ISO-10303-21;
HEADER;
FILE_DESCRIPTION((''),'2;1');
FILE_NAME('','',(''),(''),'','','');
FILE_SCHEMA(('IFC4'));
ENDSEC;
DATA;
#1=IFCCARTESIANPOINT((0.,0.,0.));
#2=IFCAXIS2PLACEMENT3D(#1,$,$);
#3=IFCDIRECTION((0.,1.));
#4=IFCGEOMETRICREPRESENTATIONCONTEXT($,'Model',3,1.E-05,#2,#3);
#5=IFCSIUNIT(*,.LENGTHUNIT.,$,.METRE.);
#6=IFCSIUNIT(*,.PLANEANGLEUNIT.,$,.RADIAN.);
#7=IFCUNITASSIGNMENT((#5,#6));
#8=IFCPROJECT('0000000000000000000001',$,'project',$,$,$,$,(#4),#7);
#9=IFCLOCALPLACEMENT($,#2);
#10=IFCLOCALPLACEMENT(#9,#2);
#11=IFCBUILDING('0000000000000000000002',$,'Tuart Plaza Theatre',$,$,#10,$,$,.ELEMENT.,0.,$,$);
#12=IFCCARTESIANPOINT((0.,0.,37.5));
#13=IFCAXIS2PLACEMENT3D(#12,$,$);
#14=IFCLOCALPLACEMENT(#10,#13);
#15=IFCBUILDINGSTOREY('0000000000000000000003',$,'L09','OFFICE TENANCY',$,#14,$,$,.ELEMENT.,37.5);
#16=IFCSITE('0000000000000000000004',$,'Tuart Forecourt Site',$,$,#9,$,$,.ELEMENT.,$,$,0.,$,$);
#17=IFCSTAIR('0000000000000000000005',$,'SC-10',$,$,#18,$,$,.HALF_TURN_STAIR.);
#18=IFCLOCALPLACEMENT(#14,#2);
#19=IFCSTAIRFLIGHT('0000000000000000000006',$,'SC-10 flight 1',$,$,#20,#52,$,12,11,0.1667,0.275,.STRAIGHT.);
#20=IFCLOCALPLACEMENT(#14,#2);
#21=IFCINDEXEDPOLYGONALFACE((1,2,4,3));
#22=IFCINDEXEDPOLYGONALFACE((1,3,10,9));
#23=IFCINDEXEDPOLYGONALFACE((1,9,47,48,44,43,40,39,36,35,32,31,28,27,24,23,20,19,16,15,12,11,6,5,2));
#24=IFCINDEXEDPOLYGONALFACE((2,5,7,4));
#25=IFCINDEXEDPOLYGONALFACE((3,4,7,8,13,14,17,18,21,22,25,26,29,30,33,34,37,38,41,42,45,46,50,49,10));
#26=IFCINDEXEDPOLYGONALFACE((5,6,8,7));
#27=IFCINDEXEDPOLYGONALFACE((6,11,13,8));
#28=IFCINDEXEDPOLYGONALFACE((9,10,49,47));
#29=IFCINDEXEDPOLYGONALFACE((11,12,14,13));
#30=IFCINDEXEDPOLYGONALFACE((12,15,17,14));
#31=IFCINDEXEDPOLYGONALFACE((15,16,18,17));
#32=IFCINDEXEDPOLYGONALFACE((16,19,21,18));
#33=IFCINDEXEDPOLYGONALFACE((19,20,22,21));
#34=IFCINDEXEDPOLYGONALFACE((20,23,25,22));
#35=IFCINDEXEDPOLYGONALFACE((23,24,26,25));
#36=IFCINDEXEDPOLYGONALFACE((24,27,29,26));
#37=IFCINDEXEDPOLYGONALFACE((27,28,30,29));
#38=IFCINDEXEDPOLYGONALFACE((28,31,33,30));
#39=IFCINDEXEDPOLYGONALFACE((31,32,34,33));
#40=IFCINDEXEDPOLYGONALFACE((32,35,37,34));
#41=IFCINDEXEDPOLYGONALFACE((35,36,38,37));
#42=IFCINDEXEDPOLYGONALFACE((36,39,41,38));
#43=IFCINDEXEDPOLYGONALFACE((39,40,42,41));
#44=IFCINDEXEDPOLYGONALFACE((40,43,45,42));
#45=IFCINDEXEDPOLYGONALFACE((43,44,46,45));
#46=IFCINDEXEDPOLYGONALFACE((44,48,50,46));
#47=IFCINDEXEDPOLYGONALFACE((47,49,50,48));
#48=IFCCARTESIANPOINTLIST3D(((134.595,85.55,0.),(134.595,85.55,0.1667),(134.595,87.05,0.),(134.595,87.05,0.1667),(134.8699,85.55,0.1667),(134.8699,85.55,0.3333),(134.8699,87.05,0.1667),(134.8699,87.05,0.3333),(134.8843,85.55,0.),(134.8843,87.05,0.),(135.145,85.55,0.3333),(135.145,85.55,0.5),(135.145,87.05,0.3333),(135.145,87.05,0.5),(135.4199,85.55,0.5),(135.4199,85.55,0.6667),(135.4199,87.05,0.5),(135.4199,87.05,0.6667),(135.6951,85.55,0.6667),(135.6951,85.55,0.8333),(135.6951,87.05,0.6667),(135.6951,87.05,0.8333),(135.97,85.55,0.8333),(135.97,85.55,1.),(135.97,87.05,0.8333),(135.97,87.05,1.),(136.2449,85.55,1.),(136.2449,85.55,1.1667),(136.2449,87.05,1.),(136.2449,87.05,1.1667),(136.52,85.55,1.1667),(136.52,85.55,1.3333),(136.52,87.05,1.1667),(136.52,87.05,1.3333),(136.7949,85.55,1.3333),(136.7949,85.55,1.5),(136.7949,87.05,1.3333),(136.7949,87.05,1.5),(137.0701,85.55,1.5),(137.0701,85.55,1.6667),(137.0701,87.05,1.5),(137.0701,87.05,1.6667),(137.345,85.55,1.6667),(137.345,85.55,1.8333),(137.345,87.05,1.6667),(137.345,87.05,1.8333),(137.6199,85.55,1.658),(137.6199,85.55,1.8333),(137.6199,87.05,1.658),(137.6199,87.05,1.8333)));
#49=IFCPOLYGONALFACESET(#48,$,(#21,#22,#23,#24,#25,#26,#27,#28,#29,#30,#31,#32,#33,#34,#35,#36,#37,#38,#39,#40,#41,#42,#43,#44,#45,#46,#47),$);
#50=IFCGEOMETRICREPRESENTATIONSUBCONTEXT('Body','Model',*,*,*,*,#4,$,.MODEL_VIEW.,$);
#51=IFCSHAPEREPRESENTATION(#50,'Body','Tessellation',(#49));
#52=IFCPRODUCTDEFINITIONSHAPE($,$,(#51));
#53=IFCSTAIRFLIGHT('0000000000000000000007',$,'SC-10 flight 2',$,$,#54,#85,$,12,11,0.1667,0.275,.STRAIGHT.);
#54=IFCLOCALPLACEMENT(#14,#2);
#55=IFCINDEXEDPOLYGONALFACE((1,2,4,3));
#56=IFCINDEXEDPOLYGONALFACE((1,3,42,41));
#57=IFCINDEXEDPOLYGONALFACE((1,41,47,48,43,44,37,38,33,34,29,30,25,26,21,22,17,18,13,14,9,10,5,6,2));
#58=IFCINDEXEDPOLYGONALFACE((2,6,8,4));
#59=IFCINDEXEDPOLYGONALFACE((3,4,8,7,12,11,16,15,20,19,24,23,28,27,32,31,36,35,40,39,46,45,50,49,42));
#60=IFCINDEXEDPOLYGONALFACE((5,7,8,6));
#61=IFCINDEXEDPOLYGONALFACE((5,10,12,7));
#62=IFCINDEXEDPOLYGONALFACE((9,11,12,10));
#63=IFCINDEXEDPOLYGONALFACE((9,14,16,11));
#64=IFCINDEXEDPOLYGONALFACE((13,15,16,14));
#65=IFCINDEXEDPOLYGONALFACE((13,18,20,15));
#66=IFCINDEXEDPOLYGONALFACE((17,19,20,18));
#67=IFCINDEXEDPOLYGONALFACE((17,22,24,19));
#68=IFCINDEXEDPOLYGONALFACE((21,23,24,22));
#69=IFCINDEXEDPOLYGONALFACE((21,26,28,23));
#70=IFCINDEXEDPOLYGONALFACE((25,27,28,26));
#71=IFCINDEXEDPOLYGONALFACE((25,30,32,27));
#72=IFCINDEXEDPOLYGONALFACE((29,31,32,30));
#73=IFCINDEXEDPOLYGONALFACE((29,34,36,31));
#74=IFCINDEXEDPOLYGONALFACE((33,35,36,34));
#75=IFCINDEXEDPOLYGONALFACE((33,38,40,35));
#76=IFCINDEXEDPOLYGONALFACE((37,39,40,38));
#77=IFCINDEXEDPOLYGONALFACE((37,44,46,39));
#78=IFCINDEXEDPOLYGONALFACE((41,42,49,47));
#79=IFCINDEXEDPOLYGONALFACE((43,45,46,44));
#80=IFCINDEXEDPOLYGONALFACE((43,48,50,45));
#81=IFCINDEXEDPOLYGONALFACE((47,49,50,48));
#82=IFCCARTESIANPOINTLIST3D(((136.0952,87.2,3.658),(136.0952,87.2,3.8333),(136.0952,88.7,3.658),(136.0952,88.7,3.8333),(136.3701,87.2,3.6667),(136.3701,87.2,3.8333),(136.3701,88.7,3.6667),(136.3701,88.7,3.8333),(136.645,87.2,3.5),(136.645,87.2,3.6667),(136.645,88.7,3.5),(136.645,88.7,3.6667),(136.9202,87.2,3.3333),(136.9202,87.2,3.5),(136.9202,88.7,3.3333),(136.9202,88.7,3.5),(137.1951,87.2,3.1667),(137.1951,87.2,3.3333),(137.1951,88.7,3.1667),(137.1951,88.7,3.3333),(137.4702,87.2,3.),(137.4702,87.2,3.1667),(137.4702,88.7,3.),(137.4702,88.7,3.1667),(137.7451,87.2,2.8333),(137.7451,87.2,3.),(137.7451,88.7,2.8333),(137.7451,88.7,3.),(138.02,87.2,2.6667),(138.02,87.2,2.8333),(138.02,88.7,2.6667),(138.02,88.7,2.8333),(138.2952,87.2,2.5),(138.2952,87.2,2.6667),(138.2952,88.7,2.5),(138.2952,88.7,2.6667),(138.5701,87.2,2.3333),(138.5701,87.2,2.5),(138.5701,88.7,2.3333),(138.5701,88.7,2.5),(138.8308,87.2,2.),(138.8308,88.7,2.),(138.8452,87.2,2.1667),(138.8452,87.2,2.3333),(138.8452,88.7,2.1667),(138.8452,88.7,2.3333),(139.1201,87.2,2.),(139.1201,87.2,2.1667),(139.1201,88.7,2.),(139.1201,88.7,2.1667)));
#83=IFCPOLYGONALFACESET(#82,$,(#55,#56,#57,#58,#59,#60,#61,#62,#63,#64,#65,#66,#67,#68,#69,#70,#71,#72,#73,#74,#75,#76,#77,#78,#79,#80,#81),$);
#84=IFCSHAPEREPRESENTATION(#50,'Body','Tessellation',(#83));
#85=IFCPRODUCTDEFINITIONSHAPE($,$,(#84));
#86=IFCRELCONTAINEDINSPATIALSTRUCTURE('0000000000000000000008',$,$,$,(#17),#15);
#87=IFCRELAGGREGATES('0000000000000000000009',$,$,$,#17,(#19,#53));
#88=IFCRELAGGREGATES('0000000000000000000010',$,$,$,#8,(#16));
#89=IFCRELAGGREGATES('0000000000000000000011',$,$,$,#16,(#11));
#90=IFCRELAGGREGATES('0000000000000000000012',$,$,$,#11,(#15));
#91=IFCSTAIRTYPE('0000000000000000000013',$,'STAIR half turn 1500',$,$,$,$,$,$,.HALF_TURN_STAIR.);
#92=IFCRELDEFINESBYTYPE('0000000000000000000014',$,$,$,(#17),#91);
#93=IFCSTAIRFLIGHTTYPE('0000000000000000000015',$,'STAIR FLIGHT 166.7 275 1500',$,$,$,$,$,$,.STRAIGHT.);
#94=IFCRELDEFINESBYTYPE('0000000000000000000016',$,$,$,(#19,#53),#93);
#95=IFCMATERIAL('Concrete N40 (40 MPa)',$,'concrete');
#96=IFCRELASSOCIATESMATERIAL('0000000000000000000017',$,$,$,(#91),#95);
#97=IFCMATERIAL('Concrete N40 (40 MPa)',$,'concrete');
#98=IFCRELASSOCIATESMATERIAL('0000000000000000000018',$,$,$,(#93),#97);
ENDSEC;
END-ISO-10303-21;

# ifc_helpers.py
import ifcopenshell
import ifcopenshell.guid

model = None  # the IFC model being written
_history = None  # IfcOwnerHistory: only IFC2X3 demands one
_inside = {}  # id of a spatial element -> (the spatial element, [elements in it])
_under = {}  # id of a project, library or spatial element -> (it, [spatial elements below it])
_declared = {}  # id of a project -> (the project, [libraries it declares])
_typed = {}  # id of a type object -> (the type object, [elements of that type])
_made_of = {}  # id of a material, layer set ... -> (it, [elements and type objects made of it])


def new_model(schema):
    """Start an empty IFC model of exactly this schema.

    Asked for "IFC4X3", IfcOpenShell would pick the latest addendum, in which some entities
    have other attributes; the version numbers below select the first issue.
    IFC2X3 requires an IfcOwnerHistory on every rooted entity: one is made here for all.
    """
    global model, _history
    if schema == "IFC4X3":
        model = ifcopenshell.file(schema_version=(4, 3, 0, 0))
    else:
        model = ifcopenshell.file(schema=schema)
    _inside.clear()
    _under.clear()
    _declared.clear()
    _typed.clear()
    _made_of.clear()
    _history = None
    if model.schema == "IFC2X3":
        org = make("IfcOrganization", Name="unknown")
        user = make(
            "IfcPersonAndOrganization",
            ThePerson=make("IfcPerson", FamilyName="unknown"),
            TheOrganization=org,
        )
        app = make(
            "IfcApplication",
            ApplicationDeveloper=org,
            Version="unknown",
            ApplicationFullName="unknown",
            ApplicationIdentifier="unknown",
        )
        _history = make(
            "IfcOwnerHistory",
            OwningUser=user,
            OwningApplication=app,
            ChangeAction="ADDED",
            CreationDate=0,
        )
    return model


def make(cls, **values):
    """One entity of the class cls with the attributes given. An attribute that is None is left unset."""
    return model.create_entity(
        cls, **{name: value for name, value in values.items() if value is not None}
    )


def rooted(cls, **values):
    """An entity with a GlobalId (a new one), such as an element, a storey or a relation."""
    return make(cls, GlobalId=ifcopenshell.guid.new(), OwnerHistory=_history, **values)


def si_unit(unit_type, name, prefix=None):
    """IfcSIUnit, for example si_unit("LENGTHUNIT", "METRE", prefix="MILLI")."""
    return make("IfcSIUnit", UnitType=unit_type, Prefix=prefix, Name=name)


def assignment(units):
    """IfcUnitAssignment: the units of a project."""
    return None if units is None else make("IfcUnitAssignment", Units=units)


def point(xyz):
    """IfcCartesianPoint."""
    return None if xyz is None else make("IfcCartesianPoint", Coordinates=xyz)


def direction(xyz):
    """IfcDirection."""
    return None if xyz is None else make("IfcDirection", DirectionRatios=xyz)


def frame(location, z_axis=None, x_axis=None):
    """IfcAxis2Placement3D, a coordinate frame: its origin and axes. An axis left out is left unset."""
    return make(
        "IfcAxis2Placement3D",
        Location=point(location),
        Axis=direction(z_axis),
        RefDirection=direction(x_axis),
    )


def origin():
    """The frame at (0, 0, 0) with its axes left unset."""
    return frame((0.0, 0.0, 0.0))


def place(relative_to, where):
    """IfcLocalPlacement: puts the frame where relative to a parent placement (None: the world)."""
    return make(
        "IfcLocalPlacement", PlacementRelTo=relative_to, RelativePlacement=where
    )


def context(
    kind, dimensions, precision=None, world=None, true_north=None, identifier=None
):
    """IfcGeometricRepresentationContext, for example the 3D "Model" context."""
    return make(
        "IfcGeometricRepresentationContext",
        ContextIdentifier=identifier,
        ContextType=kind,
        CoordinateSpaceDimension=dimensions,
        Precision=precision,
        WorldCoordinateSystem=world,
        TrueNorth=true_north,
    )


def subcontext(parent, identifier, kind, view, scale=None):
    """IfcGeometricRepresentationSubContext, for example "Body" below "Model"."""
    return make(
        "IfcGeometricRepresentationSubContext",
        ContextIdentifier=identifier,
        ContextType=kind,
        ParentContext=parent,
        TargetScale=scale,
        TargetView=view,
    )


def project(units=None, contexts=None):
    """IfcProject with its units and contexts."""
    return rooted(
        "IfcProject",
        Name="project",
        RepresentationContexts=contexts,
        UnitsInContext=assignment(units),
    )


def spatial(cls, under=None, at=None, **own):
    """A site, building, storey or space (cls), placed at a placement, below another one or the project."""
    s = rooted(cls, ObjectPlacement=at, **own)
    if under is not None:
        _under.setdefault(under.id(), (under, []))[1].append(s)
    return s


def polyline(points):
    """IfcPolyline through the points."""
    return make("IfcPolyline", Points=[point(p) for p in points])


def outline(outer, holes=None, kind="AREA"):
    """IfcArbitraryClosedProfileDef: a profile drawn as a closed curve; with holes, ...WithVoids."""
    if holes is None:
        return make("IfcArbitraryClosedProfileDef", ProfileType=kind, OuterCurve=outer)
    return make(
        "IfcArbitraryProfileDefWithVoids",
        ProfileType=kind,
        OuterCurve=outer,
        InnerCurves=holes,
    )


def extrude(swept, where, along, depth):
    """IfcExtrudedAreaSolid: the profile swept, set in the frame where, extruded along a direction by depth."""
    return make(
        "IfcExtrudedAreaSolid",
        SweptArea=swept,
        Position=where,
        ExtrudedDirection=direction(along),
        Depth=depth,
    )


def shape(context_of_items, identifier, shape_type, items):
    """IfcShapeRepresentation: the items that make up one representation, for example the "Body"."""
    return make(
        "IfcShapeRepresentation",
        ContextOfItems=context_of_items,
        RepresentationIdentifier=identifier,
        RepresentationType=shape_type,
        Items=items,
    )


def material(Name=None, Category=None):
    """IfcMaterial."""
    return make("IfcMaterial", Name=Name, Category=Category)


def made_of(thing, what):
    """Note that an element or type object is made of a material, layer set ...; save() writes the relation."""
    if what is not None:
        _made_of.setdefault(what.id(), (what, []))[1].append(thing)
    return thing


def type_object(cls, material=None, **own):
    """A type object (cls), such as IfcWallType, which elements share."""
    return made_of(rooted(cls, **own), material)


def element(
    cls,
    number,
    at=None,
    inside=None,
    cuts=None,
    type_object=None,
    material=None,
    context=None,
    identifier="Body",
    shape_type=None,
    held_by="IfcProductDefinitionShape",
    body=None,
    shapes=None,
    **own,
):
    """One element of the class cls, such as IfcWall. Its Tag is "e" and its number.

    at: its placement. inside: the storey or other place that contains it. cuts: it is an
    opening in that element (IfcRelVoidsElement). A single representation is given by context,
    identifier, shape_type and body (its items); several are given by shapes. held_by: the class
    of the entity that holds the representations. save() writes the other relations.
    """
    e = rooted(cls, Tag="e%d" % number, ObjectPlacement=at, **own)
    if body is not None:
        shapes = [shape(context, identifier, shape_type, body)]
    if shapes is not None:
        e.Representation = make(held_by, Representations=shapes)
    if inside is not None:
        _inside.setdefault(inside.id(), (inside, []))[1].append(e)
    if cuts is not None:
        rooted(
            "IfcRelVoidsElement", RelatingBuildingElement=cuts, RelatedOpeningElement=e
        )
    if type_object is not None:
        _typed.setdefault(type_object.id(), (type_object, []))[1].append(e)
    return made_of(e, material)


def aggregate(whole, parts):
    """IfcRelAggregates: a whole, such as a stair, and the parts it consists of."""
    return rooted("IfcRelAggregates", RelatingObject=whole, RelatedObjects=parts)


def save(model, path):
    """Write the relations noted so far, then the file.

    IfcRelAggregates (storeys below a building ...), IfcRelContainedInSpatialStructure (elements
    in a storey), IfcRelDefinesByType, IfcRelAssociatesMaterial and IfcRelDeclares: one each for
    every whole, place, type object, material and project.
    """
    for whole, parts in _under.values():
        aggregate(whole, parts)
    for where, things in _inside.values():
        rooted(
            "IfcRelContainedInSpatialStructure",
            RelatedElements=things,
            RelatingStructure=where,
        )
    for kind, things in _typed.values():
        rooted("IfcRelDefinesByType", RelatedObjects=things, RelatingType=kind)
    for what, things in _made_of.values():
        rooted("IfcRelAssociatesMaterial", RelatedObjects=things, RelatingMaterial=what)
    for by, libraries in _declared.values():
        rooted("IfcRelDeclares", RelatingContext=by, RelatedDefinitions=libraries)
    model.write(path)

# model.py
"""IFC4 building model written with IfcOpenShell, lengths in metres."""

from ifc_helpers import new_model, si_unit, direction, frame, origin, place, context, subcontext, project, spatial, polyline, outline, extrude, material, type_object, element, aggregate, save


model = new_model("IFC4")

# Units and contexts
model_context = context("Model", 3, precision=1e-05, world=origin(), true_north=direction((0.0, 1.0)))
body_context = subcontext(model_context, "Body", "Model", "MODEL_VIEW")
ifc_project = project(units=[si_unit("LENGTHUNIT", "METRE"), si_unit("PLANEANGLEUNIT", "RADIAN")], contexts=[model_context])

# Site, building, storey
site_placement = place(None, origin())
site = spatial("IfcSite", under=ifc_project, at=site_placement, Name="Tuart Forecourt Site", CompositionType="ELEMENT", RefElevation=0.0)
building_placement = place(site_placement, origin())
building = spatial("IfcBuilding", under=site, at=building_placement, Name="Tuart Plaza Theatre", CompositionType="ELEMENT", ElevationOfRefHeight=0.0)
storey_placement = place(building_placement, frame((0.0, 0.0, 37.5)))
storey = spatial("IfcBuildingStorey", under=building, at=storey_placement, Name="L09", Description="OFFICE TENANCY", CompositionType="ELEMENT", Elevation=37.5)

# Stair, stair flights
ifc_material_1 = material(Name="Concrete N40 (40 MPa)", Category="concrete")
stair_type = type_object("IfcStairType", Name="STAIR half turn 1500", PredefinedType="HALF_TURN_STAIR", material=ifc_material_1)
stair_placement = place(storey_placement, origin())
stair = element("IfcStair", 1, at=stair_placement, inside=storey, type_object=stair_type, Name="SC-10", PredefinedType="HALF_TURN_STAIR")
ifc_material_2 = material(Name="Concrete N40 (40 MPa)", Category="concrete")
stair_flight_type = type_object("IfcStairFlightType", Name="STAIR FLIGHT 166.7 275 1500", PredefinedType="STRAIGHT", material=ifc_material_2)
stair_flight_1_placement = place(storey_placement, frame((134.595, 86.3, 0.0), z_axis=(0.0, 0.0, 1.0), x_axis=(1.0, 0.0, 0.0)))
stair_flight_1 = element("IfcStairFlight", 2, at=stair_flight_1_placement, type_object=stair_flight_type, Name="SC-10 flight 1", NumberOfRisers=12, NumberOfTreads=11, PredefinedType="STRAIGHT", RiserHeight=0.1667, TreadLength=0.275, context=body_context, shape_type="SweptSolid", body=[
    extrude(outline(polyline([(0.0, 0.0), (0.0, 0.1667), (0.2749, 0.1667), (0.2749, 0.3333), (0.55, 0.3333), (0.55, 0.5), (0.825, 0.5), (0.825, 0.6667), (1.1001, 0.6667), (1.1001, 0.8333), (1.375, 0.8333), (1.375, 1.0), (1.6499, 1.0), (1.6499, 1.1667), (1.925, 1.1667), (1.925, 1.3333), (2.2, 1.3333), (2.2, 1.5), (2.4751, 1.5), (2.4751, 1.6667), (2.75, 1.6667), (2.75, 1.8333), (3.0249, 1.8333), (3.0249, 2.0), (3.0249, 1.658), (0.2893, 0.0), (0.0, 0.0)])), frame((0.0, 0.75, 0.0), z_axis=(0.0, -1.0, 0.0), x_axis=(1.0, 0.0, 0.0)), (0.0, 0.0, 1.0), 1.5),
])
stair_flight_2_placement = place(storey_placement, frame((139.1201, 87.95, 2.0), z_axis=(0.0, 0.0, 1.0), x_axis=(-1.0, 0.0, 0.0)))
stair_flight_2 = element("IfcStairFlight", 3, at=stair_flight_2_placement, type_object=stair_flight_type, Name="SC-10 flight 2", NumberOfRisers=12, NumberOfTreads=11, PredefinedType="STRAIGHT", RiserHeight=0.1667, TreadLength=0.275, context=body_context, shape_type="SweptSolid", body=[
    extrude(outline(polyline([(0.0, 0.0), (0.0, 0.1667), (0.2749, 0.1667), (0.2749, 0.3333), (0.55, 0.3333), (0.55, 0.5), (0.825, 0.5), (0.825, 0.6667), (1.1001, 0.6667), (1.1001, 0.8333), (1.375, 0.8333), (1.375, 1.0), (1.6499, 1.0), (1.6499, 1.1667), (1.925, 1.1667), (1.925, 1.3333), (2.2, 1.3333), (2.2, 1.5), (2.4751, 1.5), (2.4751, 1.6667), (2.75, 1.6667), (2.75, 1.8333), (3.0249, 1.8333), (3.0249, 2.0), (3.0249, 1.658), (0.2893, 0.0), (0.0, 0.0)])), frame((0.0, 0.75, 0.0), z_axis=(0.0, -1.0, 0.0), x_axis=(1.0, 0.0, 0.0)), (0.0, 0.0, 1.0), 1.5),
])
aggregate(stair, [stair_flight_1, stair_flight_2])

save(model, "model.ifc")
